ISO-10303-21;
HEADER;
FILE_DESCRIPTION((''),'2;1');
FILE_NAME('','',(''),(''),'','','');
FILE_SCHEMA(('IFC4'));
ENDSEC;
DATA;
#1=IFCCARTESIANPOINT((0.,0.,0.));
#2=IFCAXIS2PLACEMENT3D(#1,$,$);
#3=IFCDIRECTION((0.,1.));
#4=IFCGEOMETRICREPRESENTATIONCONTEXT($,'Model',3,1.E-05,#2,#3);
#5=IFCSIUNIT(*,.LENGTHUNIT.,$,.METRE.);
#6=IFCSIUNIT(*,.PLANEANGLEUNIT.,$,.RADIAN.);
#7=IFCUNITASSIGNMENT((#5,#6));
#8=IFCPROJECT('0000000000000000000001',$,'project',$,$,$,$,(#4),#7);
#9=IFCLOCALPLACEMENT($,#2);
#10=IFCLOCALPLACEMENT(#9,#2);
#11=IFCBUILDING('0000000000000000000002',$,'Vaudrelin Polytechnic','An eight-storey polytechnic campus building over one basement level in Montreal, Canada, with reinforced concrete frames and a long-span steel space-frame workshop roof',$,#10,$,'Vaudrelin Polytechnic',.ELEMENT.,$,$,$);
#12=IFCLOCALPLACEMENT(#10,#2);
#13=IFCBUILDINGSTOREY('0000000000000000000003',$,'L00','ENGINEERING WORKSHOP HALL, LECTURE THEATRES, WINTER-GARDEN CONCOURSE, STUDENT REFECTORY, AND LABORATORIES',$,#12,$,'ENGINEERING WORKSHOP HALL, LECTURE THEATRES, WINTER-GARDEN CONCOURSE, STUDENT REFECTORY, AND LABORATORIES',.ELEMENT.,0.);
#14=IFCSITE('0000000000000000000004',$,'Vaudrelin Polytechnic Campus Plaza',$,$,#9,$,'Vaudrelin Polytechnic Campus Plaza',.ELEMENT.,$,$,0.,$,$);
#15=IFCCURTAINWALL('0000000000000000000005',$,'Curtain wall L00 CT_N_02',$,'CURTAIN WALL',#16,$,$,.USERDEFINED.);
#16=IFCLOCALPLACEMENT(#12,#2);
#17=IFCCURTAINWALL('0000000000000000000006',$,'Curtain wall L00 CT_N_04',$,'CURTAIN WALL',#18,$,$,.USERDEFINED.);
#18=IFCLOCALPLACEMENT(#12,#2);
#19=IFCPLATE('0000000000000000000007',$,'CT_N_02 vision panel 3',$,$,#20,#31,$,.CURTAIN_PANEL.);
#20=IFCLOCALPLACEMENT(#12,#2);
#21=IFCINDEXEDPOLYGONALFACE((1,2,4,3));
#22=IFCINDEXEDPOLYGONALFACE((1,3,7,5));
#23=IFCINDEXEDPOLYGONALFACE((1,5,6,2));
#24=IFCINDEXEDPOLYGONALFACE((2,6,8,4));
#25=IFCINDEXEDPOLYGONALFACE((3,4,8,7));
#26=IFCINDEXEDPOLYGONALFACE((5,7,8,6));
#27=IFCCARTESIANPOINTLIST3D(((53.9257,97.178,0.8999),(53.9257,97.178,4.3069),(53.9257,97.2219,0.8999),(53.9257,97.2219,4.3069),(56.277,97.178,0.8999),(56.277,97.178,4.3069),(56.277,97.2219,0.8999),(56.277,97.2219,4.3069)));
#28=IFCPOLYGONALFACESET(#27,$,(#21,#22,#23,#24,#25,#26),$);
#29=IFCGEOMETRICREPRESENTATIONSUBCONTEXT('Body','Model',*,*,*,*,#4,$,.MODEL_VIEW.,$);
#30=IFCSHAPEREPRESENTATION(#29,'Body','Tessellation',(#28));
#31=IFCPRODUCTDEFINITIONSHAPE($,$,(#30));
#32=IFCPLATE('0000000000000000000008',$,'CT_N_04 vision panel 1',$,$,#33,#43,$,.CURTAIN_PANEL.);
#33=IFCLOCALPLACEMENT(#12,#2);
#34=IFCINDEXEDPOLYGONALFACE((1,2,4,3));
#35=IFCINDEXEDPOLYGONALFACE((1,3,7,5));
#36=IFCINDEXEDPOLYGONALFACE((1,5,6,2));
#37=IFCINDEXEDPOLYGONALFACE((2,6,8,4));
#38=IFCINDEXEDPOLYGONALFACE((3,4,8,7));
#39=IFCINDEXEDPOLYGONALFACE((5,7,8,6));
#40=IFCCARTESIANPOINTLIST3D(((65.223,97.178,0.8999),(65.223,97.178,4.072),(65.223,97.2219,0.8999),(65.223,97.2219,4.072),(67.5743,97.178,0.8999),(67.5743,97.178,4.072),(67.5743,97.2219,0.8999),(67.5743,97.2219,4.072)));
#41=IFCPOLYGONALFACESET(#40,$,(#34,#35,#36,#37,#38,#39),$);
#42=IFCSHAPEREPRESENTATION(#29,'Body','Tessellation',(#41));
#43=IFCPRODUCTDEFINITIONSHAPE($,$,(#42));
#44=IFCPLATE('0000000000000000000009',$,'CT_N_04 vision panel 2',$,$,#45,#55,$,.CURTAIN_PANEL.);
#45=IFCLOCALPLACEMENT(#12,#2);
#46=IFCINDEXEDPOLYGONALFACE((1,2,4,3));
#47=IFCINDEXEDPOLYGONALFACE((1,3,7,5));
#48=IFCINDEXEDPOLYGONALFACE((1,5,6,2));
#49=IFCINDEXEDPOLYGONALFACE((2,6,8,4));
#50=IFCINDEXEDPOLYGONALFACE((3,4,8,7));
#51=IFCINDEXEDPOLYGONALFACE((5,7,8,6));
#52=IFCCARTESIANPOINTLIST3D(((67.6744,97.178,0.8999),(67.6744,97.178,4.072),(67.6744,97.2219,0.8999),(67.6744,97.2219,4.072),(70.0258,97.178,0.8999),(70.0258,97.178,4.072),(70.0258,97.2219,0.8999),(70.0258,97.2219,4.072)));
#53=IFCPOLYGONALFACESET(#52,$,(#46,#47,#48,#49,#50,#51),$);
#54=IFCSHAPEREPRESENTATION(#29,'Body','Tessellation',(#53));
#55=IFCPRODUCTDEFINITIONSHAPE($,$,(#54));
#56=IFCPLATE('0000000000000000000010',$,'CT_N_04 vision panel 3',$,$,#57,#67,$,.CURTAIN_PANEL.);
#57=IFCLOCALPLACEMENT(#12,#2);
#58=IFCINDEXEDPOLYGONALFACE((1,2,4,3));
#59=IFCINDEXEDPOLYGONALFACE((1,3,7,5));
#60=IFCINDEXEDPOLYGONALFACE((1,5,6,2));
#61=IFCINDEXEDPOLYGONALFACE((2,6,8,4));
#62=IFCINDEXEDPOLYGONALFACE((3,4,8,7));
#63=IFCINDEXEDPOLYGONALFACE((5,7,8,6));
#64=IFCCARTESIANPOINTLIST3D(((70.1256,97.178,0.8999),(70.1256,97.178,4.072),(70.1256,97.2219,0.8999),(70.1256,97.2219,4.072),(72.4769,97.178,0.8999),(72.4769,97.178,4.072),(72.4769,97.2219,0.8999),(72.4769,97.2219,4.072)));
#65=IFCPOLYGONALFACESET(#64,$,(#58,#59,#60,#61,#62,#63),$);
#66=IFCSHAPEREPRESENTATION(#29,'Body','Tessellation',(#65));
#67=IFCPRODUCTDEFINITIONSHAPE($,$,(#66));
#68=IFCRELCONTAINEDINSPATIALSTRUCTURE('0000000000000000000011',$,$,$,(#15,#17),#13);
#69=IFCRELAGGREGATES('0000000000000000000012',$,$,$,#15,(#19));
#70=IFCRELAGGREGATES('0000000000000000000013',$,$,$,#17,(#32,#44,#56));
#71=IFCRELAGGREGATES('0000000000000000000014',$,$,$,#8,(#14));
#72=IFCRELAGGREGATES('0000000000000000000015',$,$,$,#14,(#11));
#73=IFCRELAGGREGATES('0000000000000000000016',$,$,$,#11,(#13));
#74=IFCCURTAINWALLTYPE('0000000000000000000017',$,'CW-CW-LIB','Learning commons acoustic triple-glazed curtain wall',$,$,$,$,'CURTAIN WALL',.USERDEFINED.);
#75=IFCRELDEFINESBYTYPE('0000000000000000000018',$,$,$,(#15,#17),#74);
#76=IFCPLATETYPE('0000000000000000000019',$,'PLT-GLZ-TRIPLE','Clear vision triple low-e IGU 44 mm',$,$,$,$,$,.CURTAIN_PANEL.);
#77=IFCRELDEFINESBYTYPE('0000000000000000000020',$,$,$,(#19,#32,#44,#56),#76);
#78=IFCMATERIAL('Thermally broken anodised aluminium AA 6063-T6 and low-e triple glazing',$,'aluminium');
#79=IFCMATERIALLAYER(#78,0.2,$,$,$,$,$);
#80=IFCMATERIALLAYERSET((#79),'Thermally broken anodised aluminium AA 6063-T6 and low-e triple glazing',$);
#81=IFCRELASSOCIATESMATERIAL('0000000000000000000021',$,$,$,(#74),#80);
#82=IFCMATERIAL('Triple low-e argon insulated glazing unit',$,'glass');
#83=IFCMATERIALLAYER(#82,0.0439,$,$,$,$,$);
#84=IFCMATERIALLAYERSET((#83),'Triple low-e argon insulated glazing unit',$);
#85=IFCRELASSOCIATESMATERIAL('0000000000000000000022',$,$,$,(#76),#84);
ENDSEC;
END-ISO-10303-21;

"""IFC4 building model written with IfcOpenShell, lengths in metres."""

from ifc_helpers import new_model, si_unit, direction, frame, origin, origin_2d, place, context, subcontext, project, spatial, rectangle, extrude, material, layer, layer_set, type_object, element, aggregate, save


model = new_model("IFC4")

# Units and contexts
model_context = context("Model", 3, precision=1e-05, world=origin(), true_north=direction((0.0, 1.0)))
body_context = subcontext(model_context, "Body", "Model", "MODEL_VIEW")
ifc_project = project(units=[si_unit("LENGTHUNIT", "METRE"), si_unit("PLANEANGLEUNIT", "RADIAN")], contexts=[model_context])

# Site, building, storey
site_placement = place(None, origin())
site = spatial("IfcSite", under=ifc_project, at=site_placement, Name="Vaudrelin Polytechnic Campus Plaza", LongName="Vaudrelin Polytechnic Campus Plaza", CompositionType="ELEMENT", RefElevation=0.0)
building_placement = place(site_placement, origin())
building = spatial("IfcBuilding", under=site, at=building_placement, Name="Vaudrelin Polytechnic", Description="An eight-storey polytechnic campus building over one basement level in Montreal, Canada, with reinforced concrete frames and a long-span steel space-frame workshop roof", LongName="Vaudrelin Polytechnic", CompositionType="ELEMENT")
storey_placement = place(building_placement, origin())
storey = spatial("IfcBuildingStorey", under=building, at=storey_placement, Name="L00", Description="ENGINEERING WORKSHOP HALL, LECTURE THEATRES, WINTER-GARDEN CONCOURSE, STUDENT REFECTORY, AND LABORATORIES", LongName="ENGINEERING WORKSHOP HALL, LECTURE THEATRES, WINTER-GARDEN CONCOURSE, STUDENT REFECTORY, AND LABORATORIES", CompositionType="ELEMENT", Elevation=0.0)

# Curtain walls
ifc_material_1 = material(Name="Thermally broken anodised aluminium AA 6063-T6 and low-e triple glazing", Category="aluminium")
ifc_layer_1 = layer(ifc_material_1, 0.2)
ifc_layer_set_1 = layer_set([ifc_layer_1], Name="Thermally broken anodised aluminium AA 6063-T6 and low-e triple glazing")
curtain_wall_type = type_object("IfcCurtainWallType", Name="CW-CW-LIB", Description="Learning commons acoustic triple-glazed curtain wall", ElementType="CURTAIN WALL", PredefinedType="USERDEFINED", material=ifc_layer_set_1)
curtain_wall_1_placement = place(storey_placement, origin())
curtain_wall_1 = element("IfcCurtainWall", 1, at=curtain_wall_1_placement, inside=storey, type_object=curtain_wall_type, Name="Curtain wall L00 CT_N_02", ObjectType="CURTAIN WALL", PredefinedType="USERDEFINED")
curtain_wall_2_placement = place(storey_placement, origin())
curtain_wall_2 = element("IfcCurtainWall", 2, at=curtain_wall_2_placement, inside=storey, type_object=curtain_wall_type, Name="Curtain wall L00 CT_N_04", ObjectType="CURTAIN WALL", PredefinedType="USERDEFINED")

# Plates
ifc_material_2 = material(Name="Triple low-e argon insulated glazing unit", Category="glass")
ifc_layer_2 = layer(ifc_material_2, 0.0439)
ifc_layer_set_2 = layer_set([ifc_layer_2], Name="Triple low-e argon insulated glazing unit")
plate_type_1 = type_object("IfcPlateType", Name="PLT-GLZ-TRIPLE", Description="Clear vision triple low-e IGU 44 mm", PredefinedType="CURTAIN_PANEL", material=ifc_layer_set_2)
plate_1_placement = place(storey_placement, frame((55.1013, 97.2, 0.8999), z_axis=(0.0, 0.0, 1.0), x_axis=(1.0, 0.0, 0.0)))
plate_1 = element("IfcPlate", 3, at=plate_1_placement, type_object=plate_type_1, Name="CT_N_02 vision panel 3", PredefinedType="CURTAIN_PANEL", context=body_context, shape_type="SweptSolid", body=[
    extrude(rectangle(XDim=2.3513, YDim=0.0439, at=origin_2d()), origin(), (0.0, 0.0, 1.0), 3.407),
])
aggregate(curtain_wall_1, [plate_1])
plate_2_placement = place(storey_placement, frame((66.3987, 97.2, 0.8999), z_axis=(0.0, 0.0, 1.0), x_axis=(1.0, 0.0, 0.0)))
plate_2 = element("IfcPlate", 4, at=plate_2_placement, type_object=plate_type_1, Name="CT_N_04 vision panel 1", PredefinedType="CURTAIN_PANEL", context=body_context, shape_type="SweptSolid", body=[
    extrude(rectangle(XDim=2.3513, YDim=0.0439, at=origin_2d()), origin(), (0.0, 0.0, 1.0), 3.1721),
])
plate_3_placement = place(storey_placement, frame((68.8501, 97.2, 0.8999), z_axis=(0.0, 0.0, 1.0), x_axis=(1.0, 0.0, 0.0)))
plate_3 = element("IfcPlate", 5, at=plate_3_placement, type_object=plate_type_1, Name="CT_N_04 vision panel 2", PredefinedType="CURTAIN_PANEL", context=body_context, shape_type="SweptSolid", body=[
    extrude(rectangle(XDim=2.3513, YDim=0.0439, at=origin_2d()), origin(), (0.0, 0.0, 1.0), 3.1721),
])
plate_4_placement = place(storey_placement, frame((71.3013, 97.2, 0.8999), z_axis=(0.0, 0.0, 1.0), x_axis=(1.0, 0.0, 0.0)))
plate_4 = element("IfcPlate", 6, at=plate_4_placement, type_object=plate_type_1, Name="CT_N_04 vision panel 3", PredefinedType="CURTAIN_PANEL", context=body_context, shape_type="SweptSolid", body=[
    extrude(rectangle(XDim=2.3513, YDim=0.0439, at=origin_2d()), origin(), (0.0, 0.0, 1.0), 3.1721),
])
aggregate(curtain_wall_2, [plate_2, plate_3, plate_4])

save(model, "model.ifc")
